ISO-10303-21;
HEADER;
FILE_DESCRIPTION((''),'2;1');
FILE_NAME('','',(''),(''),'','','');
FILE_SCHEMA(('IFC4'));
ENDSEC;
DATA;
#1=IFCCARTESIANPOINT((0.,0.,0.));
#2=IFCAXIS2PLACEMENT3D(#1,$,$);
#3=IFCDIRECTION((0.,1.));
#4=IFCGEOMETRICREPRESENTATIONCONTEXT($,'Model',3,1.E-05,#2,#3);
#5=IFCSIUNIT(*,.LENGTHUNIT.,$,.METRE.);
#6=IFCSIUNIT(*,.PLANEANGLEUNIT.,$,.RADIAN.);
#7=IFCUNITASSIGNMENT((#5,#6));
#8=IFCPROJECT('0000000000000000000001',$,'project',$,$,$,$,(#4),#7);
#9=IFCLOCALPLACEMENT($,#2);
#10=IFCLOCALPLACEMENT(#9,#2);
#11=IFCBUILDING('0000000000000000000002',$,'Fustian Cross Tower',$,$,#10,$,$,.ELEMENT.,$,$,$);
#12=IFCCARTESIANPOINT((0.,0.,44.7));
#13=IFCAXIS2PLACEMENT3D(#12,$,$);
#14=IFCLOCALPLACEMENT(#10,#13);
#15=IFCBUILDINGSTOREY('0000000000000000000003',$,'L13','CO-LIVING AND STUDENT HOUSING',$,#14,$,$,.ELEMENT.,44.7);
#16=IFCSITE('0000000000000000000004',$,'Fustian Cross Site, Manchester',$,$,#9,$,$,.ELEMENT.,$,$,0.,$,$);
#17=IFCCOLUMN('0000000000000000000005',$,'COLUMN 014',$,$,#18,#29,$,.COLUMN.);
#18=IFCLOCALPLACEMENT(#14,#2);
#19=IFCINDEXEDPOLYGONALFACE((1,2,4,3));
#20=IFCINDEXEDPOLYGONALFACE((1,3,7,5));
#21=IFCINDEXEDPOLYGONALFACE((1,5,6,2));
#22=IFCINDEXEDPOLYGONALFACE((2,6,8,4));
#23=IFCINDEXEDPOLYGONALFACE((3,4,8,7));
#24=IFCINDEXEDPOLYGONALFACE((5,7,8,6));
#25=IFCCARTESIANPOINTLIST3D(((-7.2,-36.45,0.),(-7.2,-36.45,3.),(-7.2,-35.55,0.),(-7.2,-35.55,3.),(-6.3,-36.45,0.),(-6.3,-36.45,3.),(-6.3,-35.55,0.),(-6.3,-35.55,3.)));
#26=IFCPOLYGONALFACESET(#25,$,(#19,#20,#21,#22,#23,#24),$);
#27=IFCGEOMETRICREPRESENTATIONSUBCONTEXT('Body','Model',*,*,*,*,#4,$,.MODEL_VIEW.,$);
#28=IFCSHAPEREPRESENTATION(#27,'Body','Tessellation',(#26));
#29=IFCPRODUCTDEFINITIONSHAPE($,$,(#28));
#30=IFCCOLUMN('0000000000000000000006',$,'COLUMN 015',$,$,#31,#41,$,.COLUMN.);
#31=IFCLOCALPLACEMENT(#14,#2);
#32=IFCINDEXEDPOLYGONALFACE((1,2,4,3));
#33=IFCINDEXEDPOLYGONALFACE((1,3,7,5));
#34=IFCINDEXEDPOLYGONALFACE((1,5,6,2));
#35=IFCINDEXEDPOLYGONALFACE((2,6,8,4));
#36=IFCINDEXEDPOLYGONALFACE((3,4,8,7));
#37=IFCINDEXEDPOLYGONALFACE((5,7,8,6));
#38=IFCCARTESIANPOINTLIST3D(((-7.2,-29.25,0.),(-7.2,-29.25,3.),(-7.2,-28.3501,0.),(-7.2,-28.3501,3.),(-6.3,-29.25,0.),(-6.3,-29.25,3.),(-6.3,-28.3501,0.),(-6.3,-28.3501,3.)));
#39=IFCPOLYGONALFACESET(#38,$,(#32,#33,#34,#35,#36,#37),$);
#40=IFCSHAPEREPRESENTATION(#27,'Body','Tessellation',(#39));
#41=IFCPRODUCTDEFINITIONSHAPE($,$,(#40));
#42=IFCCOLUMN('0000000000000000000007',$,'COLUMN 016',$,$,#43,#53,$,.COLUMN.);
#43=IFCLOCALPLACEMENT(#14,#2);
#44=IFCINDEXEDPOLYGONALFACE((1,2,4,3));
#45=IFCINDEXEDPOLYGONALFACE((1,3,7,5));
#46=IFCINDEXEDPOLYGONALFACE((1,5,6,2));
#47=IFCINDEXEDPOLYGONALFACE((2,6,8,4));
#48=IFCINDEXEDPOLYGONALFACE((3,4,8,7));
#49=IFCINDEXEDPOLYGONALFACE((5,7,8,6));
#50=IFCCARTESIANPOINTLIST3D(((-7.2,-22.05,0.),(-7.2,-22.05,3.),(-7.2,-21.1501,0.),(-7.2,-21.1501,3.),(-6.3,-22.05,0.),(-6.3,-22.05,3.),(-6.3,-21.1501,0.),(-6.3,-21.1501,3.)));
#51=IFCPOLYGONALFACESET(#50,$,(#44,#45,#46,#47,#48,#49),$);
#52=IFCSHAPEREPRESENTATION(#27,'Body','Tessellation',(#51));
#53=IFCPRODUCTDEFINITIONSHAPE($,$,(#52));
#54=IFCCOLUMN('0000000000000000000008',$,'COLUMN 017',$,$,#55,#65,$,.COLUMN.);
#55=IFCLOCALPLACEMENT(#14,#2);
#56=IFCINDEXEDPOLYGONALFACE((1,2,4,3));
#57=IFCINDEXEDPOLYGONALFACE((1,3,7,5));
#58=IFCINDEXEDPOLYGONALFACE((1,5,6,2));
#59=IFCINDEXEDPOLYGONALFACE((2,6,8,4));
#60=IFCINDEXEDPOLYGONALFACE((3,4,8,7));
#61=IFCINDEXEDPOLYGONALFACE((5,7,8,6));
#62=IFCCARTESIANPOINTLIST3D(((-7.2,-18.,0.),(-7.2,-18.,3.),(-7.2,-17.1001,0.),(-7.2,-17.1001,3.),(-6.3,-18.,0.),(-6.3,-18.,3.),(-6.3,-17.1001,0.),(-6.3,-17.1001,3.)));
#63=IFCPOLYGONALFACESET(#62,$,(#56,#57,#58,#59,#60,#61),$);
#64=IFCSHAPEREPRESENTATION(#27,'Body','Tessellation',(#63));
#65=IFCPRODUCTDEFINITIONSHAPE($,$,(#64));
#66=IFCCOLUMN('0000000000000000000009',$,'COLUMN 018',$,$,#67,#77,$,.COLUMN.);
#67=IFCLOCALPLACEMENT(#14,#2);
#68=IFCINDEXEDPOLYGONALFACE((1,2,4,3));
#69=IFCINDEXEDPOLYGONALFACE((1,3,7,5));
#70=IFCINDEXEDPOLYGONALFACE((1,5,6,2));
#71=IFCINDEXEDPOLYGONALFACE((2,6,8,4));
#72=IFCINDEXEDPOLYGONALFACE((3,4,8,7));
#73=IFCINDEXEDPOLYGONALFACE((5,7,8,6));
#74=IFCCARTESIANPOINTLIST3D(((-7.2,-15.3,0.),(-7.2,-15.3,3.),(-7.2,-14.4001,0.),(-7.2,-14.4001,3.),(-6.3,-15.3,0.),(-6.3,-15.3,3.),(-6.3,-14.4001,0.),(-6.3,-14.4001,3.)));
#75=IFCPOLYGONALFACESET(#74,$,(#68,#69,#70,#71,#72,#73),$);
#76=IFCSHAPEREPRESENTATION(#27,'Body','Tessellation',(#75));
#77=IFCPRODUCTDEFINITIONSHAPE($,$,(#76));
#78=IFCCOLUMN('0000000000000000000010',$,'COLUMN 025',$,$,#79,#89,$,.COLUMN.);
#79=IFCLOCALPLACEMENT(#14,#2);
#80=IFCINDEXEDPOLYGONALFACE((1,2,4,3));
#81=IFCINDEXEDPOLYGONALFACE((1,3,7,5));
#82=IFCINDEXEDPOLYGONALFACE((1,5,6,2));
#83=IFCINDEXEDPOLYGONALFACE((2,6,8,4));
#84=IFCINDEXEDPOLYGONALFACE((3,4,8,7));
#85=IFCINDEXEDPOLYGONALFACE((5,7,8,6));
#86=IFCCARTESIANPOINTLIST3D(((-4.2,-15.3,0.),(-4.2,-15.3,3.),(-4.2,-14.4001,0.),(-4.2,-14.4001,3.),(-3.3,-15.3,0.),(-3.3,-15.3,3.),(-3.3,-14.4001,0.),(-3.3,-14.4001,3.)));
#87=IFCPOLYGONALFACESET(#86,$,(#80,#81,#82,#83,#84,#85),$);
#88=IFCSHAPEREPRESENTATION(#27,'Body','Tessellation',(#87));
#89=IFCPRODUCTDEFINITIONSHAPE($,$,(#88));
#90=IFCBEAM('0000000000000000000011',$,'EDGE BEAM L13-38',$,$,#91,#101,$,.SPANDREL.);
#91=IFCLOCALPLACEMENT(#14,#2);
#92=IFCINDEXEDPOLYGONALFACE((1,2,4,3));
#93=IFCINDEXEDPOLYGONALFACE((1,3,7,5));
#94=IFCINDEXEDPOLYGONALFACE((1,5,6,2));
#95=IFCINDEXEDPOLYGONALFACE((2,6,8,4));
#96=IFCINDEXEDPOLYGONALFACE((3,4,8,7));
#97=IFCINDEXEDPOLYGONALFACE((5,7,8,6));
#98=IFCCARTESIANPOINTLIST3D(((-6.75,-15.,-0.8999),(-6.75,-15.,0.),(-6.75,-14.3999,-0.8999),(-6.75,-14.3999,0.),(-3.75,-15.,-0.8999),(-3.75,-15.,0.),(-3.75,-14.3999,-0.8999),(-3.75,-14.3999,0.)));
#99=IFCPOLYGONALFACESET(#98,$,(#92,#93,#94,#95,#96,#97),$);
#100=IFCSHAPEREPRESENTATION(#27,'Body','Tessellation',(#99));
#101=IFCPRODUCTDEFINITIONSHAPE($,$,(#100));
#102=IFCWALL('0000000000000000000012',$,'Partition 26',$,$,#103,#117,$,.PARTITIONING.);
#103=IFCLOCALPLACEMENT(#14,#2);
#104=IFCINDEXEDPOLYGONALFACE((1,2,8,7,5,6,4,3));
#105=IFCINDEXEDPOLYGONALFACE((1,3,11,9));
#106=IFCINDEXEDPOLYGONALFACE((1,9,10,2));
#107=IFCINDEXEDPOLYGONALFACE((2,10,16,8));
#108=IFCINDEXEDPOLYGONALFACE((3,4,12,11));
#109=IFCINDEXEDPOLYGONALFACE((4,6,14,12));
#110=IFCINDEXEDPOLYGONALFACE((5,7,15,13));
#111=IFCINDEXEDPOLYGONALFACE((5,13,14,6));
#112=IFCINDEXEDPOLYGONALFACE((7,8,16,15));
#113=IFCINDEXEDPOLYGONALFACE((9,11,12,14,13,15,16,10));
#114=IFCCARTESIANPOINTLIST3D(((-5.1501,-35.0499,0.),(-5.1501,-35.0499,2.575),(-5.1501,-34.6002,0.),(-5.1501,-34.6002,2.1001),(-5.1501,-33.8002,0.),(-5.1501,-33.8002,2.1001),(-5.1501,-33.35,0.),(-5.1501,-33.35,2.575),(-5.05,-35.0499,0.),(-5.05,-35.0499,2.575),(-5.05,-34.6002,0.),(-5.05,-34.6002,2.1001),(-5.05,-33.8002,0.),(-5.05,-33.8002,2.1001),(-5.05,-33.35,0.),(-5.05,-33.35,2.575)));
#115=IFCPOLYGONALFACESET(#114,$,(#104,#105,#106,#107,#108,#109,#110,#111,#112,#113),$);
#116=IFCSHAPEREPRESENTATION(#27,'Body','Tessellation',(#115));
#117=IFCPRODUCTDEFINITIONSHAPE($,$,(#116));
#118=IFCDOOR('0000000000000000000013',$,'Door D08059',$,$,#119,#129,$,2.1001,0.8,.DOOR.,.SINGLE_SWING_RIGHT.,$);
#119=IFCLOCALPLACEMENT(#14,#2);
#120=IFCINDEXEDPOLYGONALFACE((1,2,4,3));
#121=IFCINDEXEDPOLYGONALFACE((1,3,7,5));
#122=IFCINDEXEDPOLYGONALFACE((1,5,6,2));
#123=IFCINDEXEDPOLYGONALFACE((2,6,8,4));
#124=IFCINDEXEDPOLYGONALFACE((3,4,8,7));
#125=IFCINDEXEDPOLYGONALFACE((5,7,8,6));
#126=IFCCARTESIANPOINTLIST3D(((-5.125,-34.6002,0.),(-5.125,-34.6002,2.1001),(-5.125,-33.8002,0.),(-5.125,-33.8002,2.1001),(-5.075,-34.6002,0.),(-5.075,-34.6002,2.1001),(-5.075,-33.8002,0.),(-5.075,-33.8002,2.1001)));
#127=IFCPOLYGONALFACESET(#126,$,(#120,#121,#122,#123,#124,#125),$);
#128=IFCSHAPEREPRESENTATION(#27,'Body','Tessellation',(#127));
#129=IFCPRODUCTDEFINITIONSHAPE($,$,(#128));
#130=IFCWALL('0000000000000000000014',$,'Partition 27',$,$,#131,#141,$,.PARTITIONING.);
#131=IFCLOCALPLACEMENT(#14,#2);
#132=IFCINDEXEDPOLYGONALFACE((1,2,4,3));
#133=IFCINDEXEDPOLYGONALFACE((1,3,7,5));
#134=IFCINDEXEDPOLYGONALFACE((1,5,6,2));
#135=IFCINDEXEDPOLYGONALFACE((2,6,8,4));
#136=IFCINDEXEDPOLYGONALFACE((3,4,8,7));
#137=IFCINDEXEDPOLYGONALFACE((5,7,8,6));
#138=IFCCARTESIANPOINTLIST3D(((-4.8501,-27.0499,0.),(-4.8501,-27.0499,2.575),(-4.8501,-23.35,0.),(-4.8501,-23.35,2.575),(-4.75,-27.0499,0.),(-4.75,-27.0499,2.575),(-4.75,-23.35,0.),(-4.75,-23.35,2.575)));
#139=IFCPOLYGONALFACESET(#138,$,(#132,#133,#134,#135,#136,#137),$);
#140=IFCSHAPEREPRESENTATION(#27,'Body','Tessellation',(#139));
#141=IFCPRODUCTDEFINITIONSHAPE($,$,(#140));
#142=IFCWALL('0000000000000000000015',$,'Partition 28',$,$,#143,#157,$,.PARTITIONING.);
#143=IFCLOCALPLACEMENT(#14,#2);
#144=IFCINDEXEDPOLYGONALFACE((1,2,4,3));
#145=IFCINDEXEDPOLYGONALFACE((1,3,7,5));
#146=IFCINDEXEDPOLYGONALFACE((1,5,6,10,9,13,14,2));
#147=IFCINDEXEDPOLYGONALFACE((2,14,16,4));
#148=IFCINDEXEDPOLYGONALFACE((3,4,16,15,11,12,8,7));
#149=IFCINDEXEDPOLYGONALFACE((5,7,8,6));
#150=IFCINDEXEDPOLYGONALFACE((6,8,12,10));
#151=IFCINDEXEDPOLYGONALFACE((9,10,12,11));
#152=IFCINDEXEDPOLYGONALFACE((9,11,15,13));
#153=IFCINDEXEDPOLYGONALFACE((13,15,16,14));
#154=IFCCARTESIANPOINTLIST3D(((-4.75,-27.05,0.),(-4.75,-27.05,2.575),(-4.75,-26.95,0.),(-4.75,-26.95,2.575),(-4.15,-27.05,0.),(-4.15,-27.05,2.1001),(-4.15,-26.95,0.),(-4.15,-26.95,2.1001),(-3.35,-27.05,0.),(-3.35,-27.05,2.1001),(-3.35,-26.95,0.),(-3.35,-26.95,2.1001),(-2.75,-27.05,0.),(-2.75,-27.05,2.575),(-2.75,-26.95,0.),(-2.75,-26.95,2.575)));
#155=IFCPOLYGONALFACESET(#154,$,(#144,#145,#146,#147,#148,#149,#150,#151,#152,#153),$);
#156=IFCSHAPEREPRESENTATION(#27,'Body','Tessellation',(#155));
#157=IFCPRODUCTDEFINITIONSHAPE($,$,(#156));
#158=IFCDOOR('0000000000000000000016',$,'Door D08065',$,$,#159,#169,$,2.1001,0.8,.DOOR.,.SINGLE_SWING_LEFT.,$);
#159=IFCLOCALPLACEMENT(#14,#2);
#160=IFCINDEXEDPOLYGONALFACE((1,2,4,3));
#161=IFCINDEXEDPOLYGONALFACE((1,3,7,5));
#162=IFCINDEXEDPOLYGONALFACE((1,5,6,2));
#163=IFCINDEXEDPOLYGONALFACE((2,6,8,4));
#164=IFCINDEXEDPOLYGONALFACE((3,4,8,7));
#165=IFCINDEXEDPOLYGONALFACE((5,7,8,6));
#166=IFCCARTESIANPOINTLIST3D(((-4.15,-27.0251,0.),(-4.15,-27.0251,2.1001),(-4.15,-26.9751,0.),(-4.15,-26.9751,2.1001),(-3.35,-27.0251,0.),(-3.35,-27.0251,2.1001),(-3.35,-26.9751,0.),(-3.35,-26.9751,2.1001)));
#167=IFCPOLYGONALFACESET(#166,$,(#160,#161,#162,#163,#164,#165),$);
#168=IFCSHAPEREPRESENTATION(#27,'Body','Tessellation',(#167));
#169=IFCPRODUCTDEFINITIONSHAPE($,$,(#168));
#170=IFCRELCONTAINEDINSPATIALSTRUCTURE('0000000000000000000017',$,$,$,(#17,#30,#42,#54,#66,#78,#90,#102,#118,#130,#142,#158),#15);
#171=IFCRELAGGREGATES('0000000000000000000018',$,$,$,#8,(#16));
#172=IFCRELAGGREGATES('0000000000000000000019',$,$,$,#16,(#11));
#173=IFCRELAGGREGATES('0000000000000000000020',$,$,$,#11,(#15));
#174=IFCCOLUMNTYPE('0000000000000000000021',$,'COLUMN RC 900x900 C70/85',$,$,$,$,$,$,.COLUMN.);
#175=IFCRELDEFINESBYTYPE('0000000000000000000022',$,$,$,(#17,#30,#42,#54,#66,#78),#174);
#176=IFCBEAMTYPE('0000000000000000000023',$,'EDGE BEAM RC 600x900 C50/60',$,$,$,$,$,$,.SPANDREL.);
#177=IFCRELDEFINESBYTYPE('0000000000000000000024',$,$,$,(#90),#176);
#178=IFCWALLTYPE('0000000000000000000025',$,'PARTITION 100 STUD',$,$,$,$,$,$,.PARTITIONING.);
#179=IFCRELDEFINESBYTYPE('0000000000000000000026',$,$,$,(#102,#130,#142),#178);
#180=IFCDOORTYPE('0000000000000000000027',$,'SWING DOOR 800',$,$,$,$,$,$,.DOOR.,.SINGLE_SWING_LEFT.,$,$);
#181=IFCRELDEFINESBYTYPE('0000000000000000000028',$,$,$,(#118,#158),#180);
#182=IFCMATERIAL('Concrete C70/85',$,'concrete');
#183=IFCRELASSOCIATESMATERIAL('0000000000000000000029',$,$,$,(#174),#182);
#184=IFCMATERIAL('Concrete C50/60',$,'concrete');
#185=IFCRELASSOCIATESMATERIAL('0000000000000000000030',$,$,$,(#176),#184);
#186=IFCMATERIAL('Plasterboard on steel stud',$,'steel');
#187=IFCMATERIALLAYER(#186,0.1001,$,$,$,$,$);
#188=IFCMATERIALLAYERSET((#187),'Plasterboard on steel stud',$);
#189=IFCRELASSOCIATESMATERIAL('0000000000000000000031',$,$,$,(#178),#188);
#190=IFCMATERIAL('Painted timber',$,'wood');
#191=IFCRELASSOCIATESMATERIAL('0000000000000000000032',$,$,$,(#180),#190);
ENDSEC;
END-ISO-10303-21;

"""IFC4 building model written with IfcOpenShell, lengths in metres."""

from ifc_helpers import new_model, si_unit, direction, frame, frame_2d, origin, origin_2d, place, context, subcontext, project, spatial, rectangle, extrude, material, layer, layer_set, material_profile, profile_set, type_object, element, fill, save


model = new_model("IFC4")

# Units and contexts
model_context = context("Model", 3, precision=1e-05, world=origin(), true_north=direction((0.0, 1.0)))
body_context = subcontext(model_context, "Body", "Model", "MODEL_VIEW")
ifc_project = project(units=[si_unit("LENGTHUNIT", "METRE"), si_unit("PLANEANGLEUNIT", "RADIAN")], contexts=[model_context])

# Site, building, storey
site_placement = place(None, origin())
site = spatial("IfcSite", under=ifc_project, at=site_placement, Name="Fustian Cross Site, Manchester", CompositionType="ELEMENT", RefElevation=0.0)
building_placement = place(site_placement, origin())
building = spatial("IfcBuilding", under=site, at=building_placement, Name="Fustian Cross Tower", CompositionType="ELEMENT")
storey_placement = place(building_placement, frame((0.0, 0.0, 44.7)))
storey = spatial("IfcBuildingStorey", under=building, at=storey_placement, Name="L13", Description="CO-LIVING AND STUDENT HOUSING", CompositionType="ELEMENT", Elevation=44.7)

# Columns
ifc_material_1 = material(Name="Concrete C70/85", Category="concrete")
ifc_material_profile_1 = material_profile(ifc_material_1, rectangle(XDim=0.8999, YDim=0.8999, at=origin_2d()), Name="RC 900x900")
ifc_profile_set_1 = profile_set([ifc_material_profile_1], Name="Concrete C70/85")
column_type = type_object("IfcColumnType", Name="COLUMN RC 900x900 C70/85", PredefinedType="COLUMN", material=ifc_profile_set_1)
for number, where, z_axis, x_axis, name in (
    (1, (-6.75, -36.0, 0.0), (0.0, 0.0, 1.0), (1.0, 0.0, 0.0), "COLUMN 014"),
    (2, (-6.75, -28.8, 0.0), (0.0, 0.0, 1.0), (1.0, 0.0, 0.0), "COLUMN 015"),
    (3, (-6.75, -21.6001, 0.0), (0.0, 0.0, 1.0), (1.0, 0.0, 0.0), "COLUMN 016"),
    (4, (-6.75, -17.55, 0.0), (0.0, 0.0, 1.0), (1.0, 0.0, 0.0), "COLUMN 017"),
    (5, (-6.75, -14.8501, 0.0), (0.0, 0.0, 1.0), (1.0, 0.0, 0.0), "COLUMN 018"),
    (6, (-3.75, -14.8501, 0.0), (0.0, 0.0, 1.0), (1.0, 0.0, 0.0), "COLUMN 025"),
):
    element("IfcColumn", number, at=place(storey_placement, frame(where, z_axis=z_axis, x_axis=x_axis)), inside=storey, type_object=column_type, Name=name, PredefinedType="COLUMN", context=body_context, shape_type="SweptSolid", body=[
        extrude(rectangle(XDim=0.8999, YDim=0.8999, at=origin_2d()), origin(), (0.0, 0.0, 1.0), 3.0),
    ])

# Beam
ifc_material_2 = material(Name="Concrete C50/60", Category="concrete")
ifc_material_profile_2 = material_profile(ifc_material_2, rectangle(XDim=0.6001, YDim=0.8999, at=origin_2d()), Name="RC 600x900")
ifc_profile_set_2 = profile_set([ifc_material_profile_2], Name="Concrete C50/60")
beam_type = type_object("IfcBeamType", Name="EDGE BEAM RC 600x900 C50/60", PredefinedType="SPANDREL", material=ifc_profile_set_2)
beam_placement = place(storey_placement, frame((-3.75, -14.7, -0.45), z_axis=(-1.0, 0.0, 0.0), x_axis=(0.0, -1.0, 0.0)))
element("IfcBeam", 7, at=beam_placement, inside=storey, type_object=beam_type, Name="EDGE BEAM L13-38", PredefinedType="SPANDREL", context=body_context, shape_type="SweptSolid", body=[
    extrude(rectangle(XDim=0.6001, YDim=0.8999, at=origin_2d()), origin(), (0.0, 0.0, 1.0), 3.0),
])

# Wall, opening, door
ifc_material_3 = material(Name="Plasterboard on steel stud", Category="steel")
ifc_layer_1 = layer(ifc_material_3, 0.1001)
ifc_layer_set_1 = layer_set([ifc_layer_1], Name="Plasterboard on steel stud")
wall_type_1 = type_object("IfcWallType", Name="PARTITION 100 STUD", PredefinedType="PARTITIONING", material=ifc_layer_set_1)
wall_1_placement = place(storey_placement, frame((-5.1001, -35.05, 0.0), z_axis=(0.0, 0.0, 1.0), x_axis=(0.0, 1.0, 0.0)))
wall_1 = element("IfcWall", 8, at=wall_1_placement, inside=storey, type_object=wall_type_1, Name="Partition 26", PredefinedType="PARTITIONING", context=body_context, shape_type="SweptSolid", body=[
    extrude(rectangle(XDim=1.7, YDim=0.1001, at=frame_2d((0.8501, 0.0))), origin(), (0.0, 0.0, 1.0), 2.575),
])
opening_1_placement = place(wall_1_placement, frame((0.45, 0.0, 0.0)))
opening_1 = element("IfcOpeningElement", 9, at=opening_1_placement, cuts=wall_1, PredefinedType="OPENING", context=body_context, shape_type="SweptSolid", body=[
    extrude(rectangle(XDim=0.8, YDim=2.1001, at=frame_2d((0.3999, 1.05))), frame((0.0, 0.0601, 0.0), z_axis=(0.0, -1.0, 0.0), x_axis=(1.0, 0.0, 0.0)), (0.0, 0.0, 1.0), 0.1201),
])
ifc_material_4 = material(Name="Painted timber", Category="wood")
door_type_1 = type_object("IfcDoorType", Name="SWING DOOR 800", OperationType="SINGLE_SWING_LEFT", PredefinedType="DOOR", material=ifc_material_4)
door_1_placement = place(opening_1_placement, origin())
door_1 = element("IfcDoor", 10, at=door_1_placement, inside=storey, type_object=door_type_1, Name="Door D08059", OperationType="SINGLE_SWING_RIGHT", OverallHeight=2.1001, OverallWidth=0.8, PredefinedType="DOOR", context=body_context, shape_type="SweptSolid", body=[
    extrude(rectangle(XDim=0.8, YDim=2.1001, at=frame_2d((0.3999, 1.05))), frame((0.0, 0.0249, 0.0), z_axis=(0.0, -1.0, 0.0), x_axis=(1.0, 0.0, 0.0)), (0.0, 0.0, 1.0), 0.05),
])
fill(opening_1, door_1)

# Wall
wall_2_placement = place(storey_placement, frame((-4.8, -27.05, 0.0), z_axis=(0.0, 0.0, 1.0), x_axis=(0.0, 1.0, 0.0)))
element("IfcWall", 11, at=wall_2_placement, inside=storey, type_object=wall_type_1, Name="Partition 27", PredefinedType="PARTITIONING", context=body_context, shape_type="SweptSolid", body=[
    extrude(rectangle(XDim=3.7, YDim=0.1001, at=frame_2d((1.8501, 0.0))), origin(), (0.0, 0.0, 1.0), 2.575),
])

# Wall, opening, door
wall_3_placement = place(storey_placement, frame((-4.75, -27.0, 0.0), z_axis=(0.0, 0.0, 1.0), x_axis=(1.0, 0.0, 0.0)))
wall_3 = element("IfcWall", 12, at=wall_3_placement, inside=storey, type_object=wall_type_1, Name="Partition 28", PredefinedType="PARTITIONING", context=body_context, shape_type="SweptSolid", body=[
    extrude(rectangle(XDim=2.0, YDim=0.1001, at=frame_2d((1.0, 0.0))), origin(), (0.0, 0.0, 1.0), 2.575),
])
opening_2_placement = place(wall_3_placement, frame((0.6001, 0.0, 0.0)))
opening_2 = element("IfcOpeningElement", 13, at=opening_2_placement, cuts=wall_3, PredefinedType="OPENING", context=body_context, shape_type="SweptSolid", body=[
    extrude(rectangle(XDim=0.8, YDim=2.1001, at=frame_2d((0.3999, 1.05))), frame((0.0, 0.0601, 0.0), z_axis=(0.0, -1.0, 0.0), x_axis=(1.0, 0.0, 0.0)), (0.0, 0.0, 1.0), 0.1201),
])
door_2_placement = place(opening_2_placement, origin())
door_2 = element("IfcDoor", 14, at=door_2_placement, inside=storey, type_object=door_type_1, Name="Door D08065", OperationType="SINGLE_SWING_LEFT", OverallHeight=2.1001, OverallWidth=0.8, PredefinedType="DOOR", context=body_context, shape_type="SweptSolid", body=[
    extrude(rectangle(XDim=0.8, YDim=2.1001, at=frame_2d((0.3999, 1.05))), frame((0.0, 0.0249, 0.0), z_axis=(0.0, -1.0, 0.0), x_axis=(1.0, 0.0, 0.0)), (0.0, 0.0, 1.0), 0.05),
])
fill(opening_2, door_2)

save(model, "model.ifc")
